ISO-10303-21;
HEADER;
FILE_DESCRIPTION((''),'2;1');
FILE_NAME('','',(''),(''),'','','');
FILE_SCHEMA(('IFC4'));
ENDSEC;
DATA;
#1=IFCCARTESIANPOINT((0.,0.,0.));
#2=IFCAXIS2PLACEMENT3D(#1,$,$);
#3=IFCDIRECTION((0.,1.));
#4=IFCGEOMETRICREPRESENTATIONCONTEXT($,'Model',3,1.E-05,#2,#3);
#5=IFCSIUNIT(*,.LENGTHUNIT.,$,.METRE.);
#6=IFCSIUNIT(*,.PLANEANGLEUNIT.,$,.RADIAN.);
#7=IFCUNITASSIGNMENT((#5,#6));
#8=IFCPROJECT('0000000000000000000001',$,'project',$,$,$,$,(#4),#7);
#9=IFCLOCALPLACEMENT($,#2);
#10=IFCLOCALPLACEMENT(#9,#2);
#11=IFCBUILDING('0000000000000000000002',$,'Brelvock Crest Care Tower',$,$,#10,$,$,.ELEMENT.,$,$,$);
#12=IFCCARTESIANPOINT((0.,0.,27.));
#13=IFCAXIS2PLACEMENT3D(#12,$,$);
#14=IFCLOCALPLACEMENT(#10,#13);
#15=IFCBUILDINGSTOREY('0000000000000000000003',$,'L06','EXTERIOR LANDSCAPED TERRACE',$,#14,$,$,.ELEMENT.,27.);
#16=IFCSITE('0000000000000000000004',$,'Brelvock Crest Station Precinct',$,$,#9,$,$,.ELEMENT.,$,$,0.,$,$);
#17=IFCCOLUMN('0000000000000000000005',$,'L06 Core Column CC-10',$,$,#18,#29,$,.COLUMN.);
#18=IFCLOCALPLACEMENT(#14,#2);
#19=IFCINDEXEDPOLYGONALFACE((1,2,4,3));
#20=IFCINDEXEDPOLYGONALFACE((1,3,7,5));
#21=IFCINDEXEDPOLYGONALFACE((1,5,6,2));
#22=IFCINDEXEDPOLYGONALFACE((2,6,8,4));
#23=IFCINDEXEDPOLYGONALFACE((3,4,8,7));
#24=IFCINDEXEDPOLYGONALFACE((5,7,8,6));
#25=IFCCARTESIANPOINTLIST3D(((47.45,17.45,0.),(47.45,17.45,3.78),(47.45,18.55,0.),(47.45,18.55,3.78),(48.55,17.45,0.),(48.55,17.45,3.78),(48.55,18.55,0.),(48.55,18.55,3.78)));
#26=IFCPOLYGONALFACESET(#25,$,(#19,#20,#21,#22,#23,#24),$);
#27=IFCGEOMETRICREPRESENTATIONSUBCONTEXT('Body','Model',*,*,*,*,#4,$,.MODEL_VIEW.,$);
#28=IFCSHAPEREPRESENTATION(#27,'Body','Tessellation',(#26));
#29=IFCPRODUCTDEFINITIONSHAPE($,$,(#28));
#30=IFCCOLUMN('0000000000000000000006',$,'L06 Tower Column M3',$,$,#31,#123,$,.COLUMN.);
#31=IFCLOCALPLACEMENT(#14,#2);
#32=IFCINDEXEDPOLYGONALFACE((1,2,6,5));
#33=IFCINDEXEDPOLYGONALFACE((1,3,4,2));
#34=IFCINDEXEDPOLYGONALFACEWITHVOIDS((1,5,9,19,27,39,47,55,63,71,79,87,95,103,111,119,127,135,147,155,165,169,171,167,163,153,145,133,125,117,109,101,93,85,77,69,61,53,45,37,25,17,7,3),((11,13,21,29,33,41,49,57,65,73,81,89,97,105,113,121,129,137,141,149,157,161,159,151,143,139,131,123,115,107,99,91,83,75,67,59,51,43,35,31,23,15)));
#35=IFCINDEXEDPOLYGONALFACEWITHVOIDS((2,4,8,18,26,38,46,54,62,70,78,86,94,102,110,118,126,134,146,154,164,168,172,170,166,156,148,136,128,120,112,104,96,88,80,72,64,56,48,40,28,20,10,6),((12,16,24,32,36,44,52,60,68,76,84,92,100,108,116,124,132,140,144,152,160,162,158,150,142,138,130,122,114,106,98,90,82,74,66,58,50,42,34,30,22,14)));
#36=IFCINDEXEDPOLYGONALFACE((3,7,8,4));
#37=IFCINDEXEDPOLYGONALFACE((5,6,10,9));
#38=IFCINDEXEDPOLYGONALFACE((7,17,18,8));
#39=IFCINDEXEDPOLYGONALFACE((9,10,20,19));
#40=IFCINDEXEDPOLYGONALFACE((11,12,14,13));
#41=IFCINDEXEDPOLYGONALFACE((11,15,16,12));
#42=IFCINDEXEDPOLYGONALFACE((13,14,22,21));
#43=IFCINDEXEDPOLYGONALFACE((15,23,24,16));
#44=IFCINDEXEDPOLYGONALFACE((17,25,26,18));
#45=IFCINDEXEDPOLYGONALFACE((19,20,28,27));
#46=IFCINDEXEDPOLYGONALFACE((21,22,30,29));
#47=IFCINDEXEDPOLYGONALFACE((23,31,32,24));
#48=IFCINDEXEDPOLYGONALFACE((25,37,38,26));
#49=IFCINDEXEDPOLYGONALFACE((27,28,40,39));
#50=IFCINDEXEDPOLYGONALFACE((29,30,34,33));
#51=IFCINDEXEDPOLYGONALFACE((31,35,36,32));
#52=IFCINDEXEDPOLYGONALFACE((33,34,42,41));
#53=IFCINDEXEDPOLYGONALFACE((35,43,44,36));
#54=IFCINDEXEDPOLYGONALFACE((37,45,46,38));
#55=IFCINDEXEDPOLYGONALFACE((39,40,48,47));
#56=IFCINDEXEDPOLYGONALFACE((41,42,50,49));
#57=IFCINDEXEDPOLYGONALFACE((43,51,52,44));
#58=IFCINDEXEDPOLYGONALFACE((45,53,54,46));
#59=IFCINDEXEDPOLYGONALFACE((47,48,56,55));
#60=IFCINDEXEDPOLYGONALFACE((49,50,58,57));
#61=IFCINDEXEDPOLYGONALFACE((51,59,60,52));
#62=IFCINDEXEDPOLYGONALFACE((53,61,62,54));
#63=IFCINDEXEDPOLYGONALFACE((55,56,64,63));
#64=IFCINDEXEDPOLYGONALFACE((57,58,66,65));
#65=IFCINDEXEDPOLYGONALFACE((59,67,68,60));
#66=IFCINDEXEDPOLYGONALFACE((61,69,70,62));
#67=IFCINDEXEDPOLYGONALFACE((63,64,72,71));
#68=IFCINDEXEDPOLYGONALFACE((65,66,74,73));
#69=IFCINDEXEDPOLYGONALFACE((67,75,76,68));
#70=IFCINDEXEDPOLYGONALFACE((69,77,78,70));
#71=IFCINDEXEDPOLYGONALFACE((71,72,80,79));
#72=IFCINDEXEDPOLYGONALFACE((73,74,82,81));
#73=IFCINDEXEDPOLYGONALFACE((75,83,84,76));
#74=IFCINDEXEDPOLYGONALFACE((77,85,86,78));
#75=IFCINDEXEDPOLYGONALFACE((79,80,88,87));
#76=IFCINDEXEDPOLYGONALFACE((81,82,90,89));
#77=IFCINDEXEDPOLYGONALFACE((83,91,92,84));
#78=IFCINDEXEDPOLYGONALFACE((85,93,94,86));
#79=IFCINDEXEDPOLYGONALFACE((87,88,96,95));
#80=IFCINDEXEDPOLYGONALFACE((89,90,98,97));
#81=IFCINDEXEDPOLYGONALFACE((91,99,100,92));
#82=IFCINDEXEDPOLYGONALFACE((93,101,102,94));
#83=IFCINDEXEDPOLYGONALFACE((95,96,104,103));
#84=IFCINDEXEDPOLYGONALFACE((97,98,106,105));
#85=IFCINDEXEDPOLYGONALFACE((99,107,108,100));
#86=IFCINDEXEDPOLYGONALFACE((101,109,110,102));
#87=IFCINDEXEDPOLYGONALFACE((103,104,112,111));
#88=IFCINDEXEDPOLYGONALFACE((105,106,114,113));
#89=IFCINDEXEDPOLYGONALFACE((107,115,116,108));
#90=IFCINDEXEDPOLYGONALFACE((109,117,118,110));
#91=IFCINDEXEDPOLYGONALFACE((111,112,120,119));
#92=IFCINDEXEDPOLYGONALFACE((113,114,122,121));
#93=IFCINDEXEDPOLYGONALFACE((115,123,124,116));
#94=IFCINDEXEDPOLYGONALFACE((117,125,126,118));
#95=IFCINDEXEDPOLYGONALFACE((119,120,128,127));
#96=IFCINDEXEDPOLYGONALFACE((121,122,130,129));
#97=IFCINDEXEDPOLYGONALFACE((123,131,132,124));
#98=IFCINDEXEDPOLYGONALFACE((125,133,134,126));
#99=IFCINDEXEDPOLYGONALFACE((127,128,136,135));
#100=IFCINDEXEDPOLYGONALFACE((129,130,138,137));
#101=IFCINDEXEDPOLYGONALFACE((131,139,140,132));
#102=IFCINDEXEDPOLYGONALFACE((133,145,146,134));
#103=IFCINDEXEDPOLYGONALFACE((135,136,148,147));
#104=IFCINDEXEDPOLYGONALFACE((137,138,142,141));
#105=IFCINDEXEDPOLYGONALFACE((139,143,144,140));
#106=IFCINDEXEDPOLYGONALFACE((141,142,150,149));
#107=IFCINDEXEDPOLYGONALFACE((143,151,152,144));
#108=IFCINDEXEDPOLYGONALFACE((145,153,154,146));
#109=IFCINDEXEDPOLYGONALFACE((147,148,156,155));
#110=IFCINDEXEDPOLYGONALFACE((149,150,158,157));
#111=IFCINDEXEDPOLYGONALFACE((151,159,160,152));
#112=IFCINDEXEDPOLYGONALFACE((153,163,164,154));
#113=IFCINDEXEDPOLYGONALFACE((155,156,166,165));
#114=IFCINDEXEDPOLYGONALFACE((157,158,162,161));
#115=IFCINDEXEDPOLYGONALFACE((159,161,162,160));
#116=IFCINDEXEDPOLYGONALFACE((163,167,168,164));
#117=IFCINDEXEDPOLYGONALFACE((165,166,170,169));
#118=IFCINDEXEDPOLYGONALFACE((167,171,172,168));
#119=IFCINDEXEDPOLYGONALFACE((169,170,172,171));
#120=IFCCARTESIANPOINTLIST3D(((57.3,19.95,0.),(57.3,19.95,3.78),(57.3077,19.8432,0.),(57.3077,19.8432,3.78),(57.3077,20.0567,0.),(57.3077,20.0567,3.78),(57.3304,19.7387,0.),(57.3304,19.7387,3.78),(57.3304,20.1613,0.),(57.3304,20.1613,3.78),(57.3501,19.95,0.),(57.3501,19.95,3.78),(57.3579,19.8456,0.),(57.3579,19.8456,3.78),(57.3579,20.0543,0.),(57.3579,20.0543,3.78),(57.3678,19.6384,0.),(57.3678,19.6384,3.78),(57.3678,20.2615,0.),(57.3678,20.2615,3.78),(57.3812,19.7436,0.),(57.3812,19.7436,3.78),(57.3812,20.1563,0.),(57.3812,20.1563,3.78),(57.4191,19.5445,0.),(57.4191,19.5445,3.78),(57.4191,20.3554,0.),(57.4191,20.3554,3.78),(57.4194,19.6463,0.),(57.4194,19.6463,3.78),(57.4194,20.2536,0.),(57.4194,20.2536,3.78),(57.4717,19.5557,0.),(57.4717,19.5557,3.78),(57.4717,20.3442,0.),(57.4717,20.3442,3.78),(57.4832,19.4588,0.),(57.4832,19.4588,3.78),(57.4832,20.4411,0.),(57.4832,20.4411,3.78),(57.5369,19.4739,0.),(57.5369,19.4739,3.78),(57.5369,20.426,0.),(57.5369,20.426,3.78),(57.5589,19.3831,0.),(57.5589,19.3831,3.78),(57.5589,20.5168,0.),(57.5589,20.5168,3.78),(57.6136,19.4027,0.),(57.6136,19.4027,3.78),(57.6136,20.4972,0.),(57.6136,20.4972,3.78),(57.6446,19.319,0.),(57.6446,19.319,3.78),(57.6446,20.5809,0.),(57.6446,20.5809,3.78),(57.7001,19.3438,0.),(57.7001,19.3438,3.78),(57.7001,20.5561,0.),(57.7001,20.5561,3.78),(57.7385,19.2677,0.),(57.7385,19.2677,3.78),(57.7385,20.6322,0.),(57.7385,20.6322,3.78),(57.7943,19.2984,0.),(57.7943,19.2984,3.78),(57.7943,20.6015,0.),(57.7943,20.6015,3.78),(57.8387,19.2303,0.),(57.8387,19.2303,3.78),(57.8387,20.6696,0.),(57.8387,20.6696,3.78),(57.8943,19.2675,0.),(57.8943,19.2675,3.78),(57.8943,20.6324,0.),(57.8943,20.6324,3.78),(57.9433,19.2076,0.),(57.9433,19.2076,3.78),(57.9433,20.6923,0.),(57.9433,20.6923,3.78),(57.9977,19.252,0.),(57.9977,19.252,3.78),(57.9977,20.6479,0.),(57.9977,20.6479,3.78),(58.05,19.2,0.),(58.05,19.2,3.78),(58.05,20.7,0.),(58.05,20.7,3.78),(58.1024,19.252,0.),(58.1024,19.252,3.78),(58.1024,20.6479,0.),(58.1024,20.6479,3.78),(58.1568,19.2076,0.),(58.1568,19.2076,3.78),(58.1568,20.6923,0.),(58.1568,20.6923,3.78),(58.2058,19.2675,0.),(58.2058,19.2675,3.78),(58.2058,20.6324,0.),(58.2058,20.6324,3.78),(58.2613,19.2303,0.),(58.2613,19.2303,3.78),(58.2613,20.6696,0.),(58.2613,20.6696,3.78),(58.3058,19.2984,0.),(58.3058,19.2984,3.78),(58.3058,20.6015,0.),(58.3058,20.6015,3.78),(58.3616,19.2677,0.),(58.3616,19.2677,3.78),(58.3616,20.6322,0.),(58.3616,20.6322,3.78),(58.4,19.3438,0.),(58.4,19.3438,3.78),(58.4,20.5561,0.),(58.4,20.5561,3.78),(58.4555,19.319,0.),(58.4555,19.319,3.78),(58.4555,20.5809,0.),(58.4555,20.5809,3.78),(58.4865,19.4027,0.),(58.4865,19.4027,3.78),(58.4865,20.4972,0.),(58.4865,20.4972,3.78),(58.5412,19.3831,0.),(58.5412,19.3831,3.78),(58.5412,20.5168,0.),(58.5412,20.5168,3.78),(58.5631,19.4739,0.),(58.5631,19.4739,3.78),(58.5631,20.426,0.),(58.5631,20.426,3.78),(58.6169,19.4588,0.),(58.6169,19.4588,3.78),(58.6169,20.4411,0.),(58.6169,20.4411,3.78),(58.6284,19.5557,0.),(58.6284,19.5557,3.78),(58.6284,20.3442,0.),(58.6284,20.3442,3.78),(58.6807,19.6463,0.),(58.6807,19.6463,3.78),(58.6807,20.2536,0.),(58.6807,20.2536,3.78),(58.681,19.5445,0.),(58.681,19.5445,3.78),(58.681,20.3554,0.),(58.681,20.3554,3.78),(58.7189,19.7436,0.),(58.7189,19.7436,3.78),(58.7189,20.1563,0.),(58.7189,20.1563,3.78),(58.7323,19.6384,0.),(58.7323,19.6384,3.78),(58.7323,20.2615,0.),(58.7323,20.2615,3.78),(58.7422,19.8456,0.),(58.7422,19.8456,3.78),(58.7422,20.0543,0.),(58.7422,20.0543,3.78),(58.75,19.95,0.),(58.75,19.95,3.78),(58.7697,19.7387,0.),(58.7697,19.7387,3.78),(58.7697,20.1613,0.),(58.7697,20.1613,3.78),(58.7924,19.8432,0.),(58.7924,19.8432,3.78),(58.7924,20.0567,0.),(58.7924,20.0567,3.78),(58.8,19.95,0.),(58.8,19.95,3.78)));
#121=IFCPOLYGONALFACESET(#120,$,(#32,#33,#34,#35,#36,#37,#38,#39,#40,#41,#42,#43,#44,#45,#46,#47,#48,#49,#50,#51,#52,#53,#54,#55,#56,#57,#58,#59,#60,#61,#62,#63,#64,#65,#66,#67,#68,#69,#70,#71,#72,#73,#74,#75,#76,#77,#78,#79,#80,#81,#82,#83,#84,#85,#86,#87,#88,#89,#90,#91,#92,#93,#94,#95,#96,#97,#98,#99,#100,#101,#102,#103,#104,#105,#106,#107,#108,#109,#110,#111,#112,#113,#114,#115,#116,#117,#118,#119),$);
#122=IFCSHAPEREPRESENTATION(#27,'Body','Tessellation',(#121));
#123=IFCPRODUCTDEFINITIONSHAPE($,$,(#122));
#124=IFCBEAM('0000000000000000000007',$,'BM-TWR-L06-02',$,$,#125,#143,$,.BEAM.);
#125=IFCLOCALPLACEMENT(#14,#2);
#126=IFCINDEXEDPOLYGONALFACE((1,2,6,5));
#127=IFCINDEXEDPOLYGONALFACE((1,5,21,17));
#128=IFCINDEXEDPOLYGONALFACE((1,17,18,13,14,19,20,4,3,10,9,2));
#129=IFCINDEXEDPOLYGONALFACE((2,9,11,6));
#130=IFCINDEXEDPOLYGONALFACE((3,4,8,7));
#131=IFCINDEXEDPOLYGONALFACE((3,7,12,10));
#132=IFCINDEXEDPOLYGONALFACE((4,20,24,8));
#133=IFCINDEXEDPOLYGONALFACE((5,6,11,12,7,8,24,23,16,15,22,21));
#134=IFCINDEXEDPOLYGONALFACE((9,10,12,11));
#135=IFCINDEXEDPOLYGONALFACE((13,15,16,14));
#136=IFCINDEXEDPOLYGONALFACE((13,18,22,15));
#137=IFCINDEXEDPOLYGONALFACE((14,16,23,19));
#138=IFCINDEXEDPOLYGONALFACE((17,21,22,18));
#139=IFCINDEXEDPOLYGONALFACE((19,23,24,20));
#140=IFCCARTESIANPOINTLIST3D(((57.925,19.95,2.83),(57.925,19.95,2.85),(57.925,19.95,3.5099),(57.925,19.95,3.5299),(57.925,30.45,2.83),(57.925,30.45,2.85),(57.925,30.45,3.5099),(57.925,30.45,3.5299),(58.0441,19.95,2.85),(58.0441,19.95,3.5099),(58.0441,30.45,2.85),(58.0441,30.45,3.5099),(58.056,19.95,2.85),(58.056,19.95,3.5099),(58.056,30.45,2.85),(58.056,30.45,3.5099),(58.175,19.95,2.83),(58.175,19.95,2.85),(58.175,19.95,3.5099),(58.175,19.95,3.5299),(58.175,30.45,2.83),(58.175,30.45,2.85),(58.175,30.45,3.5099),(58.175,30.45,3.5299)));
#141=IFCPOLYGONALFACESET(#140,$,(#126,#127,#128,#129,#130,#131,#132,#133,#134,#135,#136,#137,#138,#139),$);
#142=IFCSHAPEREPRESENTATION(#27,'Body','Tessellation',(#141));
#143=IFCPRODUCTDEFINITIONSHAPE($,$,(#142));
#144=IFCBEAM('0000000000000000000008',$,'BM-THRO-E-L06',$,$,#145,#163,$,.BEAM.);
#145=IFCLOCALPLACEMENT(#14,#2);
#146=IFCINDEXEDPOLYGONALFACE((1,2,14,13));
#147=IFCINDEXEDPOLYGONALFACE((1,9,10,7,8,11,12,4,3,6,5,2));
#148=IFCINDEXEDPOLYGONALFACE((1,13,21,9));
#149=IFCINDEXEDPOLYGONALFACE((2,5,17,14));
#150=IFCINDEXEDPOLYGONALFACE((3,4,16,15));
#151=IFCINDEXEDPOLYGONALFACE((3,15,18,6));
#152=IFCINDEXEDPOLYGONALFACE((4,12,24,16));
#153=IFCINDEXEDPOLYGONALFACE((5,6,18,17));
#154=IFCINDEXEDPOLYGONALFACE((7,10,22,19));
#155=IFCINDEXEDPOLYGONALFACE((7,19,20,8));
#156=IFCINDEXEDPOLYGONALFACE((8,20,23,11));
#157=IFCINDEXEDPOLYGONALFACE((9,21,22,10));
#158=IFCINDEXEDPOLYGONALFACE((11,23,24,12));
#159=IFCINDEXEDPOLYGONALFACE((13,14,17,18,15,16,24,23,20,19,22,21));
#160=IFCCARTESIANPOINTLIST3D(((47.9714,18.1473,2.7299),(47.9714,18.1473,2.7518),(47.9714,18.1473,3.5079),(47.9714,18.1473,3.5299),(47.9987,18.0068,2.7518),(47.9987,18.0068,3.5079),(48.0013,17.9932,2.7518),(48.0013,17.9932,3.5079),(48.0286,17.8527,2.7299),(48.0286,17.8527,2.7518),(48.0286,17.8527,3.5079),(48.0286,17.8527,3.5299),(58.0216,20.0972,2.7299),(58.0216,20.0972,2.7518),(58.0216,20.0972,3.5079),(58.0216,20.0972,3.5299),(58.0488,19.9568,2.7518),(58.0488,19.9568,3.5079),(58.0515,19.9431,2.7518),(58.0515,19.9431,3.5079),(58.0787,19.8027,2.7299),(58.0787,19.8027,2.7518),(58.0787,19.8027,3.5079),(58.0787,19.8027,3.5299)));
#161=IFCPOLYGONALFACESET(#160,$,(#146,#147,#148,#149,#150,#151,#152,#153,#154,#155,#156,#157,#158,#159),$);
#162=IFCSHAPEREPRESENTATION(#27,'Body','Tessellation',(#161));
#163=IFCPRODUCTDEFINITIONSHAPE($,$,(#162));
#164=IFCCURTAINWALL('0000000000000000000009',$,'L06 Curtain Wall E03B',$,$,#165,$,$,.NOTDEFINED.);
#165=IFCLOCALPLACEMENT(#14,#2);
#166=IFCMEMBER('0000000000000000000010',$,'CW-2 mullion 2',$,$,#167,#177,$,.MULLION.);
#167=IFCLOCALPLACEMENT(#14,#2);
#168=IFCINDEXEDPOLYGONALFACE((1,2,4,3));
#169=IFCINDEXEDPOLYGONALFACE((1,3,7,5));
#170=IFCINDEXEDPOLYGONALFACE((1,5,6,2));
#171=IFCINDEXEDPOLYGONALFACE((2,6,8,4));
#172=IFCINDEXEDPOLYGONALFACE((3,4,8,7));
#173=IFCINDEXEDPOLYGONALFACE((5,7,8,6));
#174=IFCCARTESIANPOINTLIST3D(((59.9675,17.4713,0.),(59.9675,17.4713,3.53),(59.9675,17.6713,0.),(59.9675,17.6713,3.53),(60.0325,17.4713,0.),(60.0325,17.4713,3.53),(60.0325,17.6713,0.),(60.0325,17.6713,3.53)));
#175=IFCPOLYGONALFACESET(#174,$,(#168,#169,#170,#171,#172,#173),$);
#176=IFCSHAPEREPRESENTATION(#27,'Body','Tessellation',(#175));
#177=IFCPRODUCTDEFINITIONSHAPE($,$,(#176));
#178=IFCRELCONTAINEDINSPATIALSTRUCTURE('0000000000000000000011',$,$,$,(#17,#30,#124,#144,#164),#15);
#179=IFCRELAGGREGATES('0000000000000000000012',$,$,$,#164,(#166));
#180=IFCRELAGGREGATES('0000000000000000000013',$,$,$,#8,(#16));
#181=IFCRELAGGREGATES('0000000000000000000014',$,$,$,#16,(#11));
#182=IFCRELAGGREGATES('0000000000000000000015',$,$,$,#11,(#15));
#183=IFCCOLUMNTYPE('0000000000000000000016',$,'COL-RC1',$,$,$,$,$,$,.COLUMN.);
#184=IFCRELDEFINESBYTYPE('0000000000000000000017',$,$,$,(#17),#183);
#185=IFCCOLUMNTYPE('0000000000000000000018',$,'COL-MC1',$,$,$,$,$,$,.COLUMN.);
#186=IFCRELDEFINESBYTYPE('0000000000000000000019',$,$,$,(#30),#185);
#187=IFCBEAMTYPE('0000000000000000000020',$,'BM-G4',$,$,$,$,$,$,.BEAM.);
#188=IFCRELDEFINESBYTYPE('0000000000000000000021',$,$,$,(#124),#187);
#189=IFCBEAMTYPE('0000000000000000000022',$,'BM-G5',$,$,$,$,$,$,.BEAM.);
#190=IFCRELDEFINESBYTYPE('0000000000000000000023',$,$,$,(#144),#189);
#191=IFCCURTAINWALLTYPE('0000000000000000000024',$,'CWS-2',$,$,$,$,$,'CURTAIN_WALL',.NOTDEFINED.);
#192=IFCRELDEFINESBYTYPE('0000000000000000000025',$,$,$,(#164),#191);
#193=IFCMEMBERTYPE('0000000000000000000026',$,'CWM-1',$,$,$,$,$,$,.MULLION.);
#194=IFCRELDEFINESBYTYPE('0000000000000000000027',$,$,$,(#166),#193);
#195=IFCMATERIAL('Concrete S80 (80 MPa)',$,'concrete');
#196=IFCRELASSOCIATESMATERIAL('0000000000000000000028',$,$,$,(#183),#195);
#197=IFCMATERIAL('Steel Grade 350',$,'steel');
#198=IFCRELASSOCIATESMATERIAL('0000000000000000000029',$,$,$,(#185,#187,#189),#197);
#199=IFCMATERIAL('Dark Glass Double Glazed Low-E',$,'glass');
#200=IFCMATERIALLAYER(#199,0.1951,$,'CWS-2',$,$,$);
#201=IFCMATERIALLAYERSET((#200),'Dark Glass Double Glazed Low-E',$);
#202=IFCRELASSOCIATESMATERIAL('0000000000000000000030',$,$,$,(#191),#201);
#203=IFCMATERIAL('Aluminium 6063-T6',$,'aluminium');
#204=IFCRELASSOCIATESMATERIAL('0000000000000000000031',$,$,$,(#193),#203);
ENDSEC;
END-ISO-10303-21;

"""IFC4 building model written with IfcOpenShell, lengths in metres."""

from ifc_helpers import new_model, si_unit, direction, frame, origin, origin_2d, place, context, subcontext, project, spatial, rectangle, hollow_circle, i_section, extrude, source, transform, mapped, material, layer, layer_set, material_profile, profile_set, type_object, element, aggregate, save


model = new_model("IFC4")

# Units and contexts
model_context = context("Model", 3, precision=1e-05, world=origin(), true_north=direction((0.0, 1.0)))
body_context = subcontext(model_context, "Body", "Model", "MODEL_VIEW")
ifc_project = project(units=[si_unit("LENGTHUNIT", "METRE"), si_unit("PLANEANGLEUNIT", "RADIAN")], contexts=[model_context])

# Site, building, storey
site_placement = place(None, origin())
site = spatial("IfcSite", under=ifc_project, at=site_placement, Name="Brelvock Crest Station Precinct", CompositionType="ELEMENT", RefElevation=0.0)
building_placement = place(site_placement, origin())
building = spatial("IfcBuilding", under=site, at=building_placement, Name="Brelvock Crest Care Tower", CompositionType="ELEMENT")
storey_placement = place(building_placement, frame((0.0, 0.0, 27.0)))
storey = spatial("IfcBuildingStorey", under=building, at=storey_placement, Name="L06", Description="EXTERIOR LANDSCAPED TERRACE", CompositionType="ELEMENT", Elevation=27.0)

# Columns
ifc_material_1 = material(Name="Concrete S80 (80 MPa)", Category="concrete")
ifc_material_profile_1 = material_profile(ifc_material_1, rectangle(XDim=1.1001, YDim=1.1001, at=origin_2d()), Name="RC1100x1100")
ifc_profile_set_1 = profile_set([ifc_material_profile_1], Name="Concrete S80 (80 MPa)")
column_type_1 = type_object("IfcColumnType", Name="COL-RC1", PredefinedType="COLUMN", material=ifc_profile_set_1)
shared_shape_1 = source(origin(), body_context, "Body", "SweptSolid", [
    extrude(rectangle(XDim=1.1001, YDim=1.1001, at=origin_2d()), origin(), (0.0, 0.0, 1.0), 3.78),
])
column_1_placement = place(storey_placement, frame((48.0, 18.0, 0.0), z_axis=(0.0, 0.0, 1.0), x_axis=(1.0, 0.0, 0.0)))
element("IfcColumn", 1, at=column_1_placement, inside=storey, type_object=column_type_1, Name="L06 Core Column CC-10", PredefinedType="COLUMN", context=body_context, shape_type="MappedRepresentation", body=[
    mapped(shared_shape_1, transform((0.0, 0.0, 0.0), x_axis=(1.0, 0.0, 0.0), y_axis=(0.0, 1.0, 0.0), z_axis=(0.0, 0.0, 1.0), scale=1.0)),
])
ifc_material_2 = material(Name="Steel Grade 350", Category="steel")
ifc_material_profile_2 = material_profile(ifc_material_2, hollow_circle(Radius=0.75, WallThickness=0.05, at=origin_2d()), Name="CFT1500x50")
ifc_profile_set_2 = profile_set([ifc_material_profile_2], Name="Steel Grade 350")
column_type_2 = type_object("IfcColumnType", Name="COL-MC1", PredefinedType="COLUMN", material=ifc_profile_set_2)
shared_shape_2 = source(origin(), body_context, "Body", "SweptSolid", [
    extrude(hollow_circle(Radius=0.75, WallThickness=0.05, at=origin_2d()), origin(), (0.0, 0.0, 1.0), 3.78),
])
column_2_placement = place(storey_placement, frame((58.05, 19.95, 0.0), z_axis=(0.0, 0.0, 1.0), x_axis=(1.0, 0.0, 0.0)))
element("IfcColumn", 2, at=column_2_placement, inside=storey, type_object=column_type_2, Name="L06 Tower Column M3", PredefinedType="COLUMN", context=body_context, shape_type="MappedRepresentation", body=[
    mapped(shared_shape_2, transform((0.0, 0.0, 0.0), x_axis=(1.0, 0.0, 0.0), y_axis=(0.0, 1.0, 0.0), z_axis=(0.0, 0.0, 1.0), scale=1.0)),
])

# Beams
ifc_material_profile_3 = material_profile(ifc_material_2, i_section(OverallWidth=0.25, OverallDepth=0.7, WebThickness=0.012, FlangeThickness=0.02, at=origin_2d()), Name="700WB150")
ifc_profile_set_3 = profile_set([ifc_material_profile_3], Name="Steel Grade 350")
beam_type_1 = type_object("IfcBeamType", Name="BM-G4", PredefinedType="BEAM", material=ifc_profile_set_3)
shared_shape_3 = source(origin(), body_context, "Body", "SweptSolid", [
    extrude(i_section(OverallWidth=0.25, OverallDepth=0.7, WebThickness=0.012, FlangeThickness=0.02, at=origin_2d()), origin(), (0.0, 0.0, 1.0), 10.5),
])
beam_1_placement = place(storey_placement, frame((58.05, 19.95, 3.1799), z_axis=(0.0, 1.0, 0.0), x_axis=(-1.0, 0.0, 0.0)))
element("IfcBeam", 3, at=beam_1_placement, inside=storey, type_object=beam_type_1, Name="BM-TWR-L06-02", PredefinedType="BEAM", context=body_context, shape_type="MappedRepresentation", body=[
    mapped(shared_shape_3, transform((0.0, 0.0, 0.0), x_axis=(1.0, 0.0, 0.0), y_axis=(0.0, 1.0, 0.0), z_axis=(0.0, 0.0, 1.0), scale=1.0)),
])
ifc_material_profile_4 = material_profile(ifc_material_2, i_section(OverallWidth=0.3, OverallDepth=0.8, WebThickness=0.0139, FlangeThickness=0.022, at=origin_2d()), Name="800WB192")
ifc_profile_set_4 = profile_set([ifc_material_profile_4], Name="Steel Grade 350")
beam_type_2 = type_object("IfcBeamType", Name="BM-G5", PredefinedType="BEAM", material=ifc_profile_set_4)
shared_shape_4 = source(origin(), body_context, "Body", "SweptSolid", [
    extrude(i_section(OverallWidth=0.3, OverallDepth=0.8, WebThickness=0.0139, FlangeThickness=0.022, at=origin_2d()), origin(), (0.0, 0.0, 1.0), 10.2375),
])
beam_2_placement = place(storey_placement, frame((48.0, 18.0, 3.1299), z_axis=(0.981693, 0.190472, 0.0), x_axis=(-0.190472, 0.981693, 0.0)))
element("IfcBeam", 4, at=beam_2_placement, inside=storey, type_object=beam_type_2, Name="BM-THRO-E-L06", PredefinedType="BEAM", context=body_context, shape_type="MappedRepresentation", body=[
    mapped(shared_shape_4, transform((0.0, 0.0, 0.0), x_axis=(1.0, 0.0, 0.0), y_axis=(0.0, 1.0, 0.0), z_axis=(0.0, 0.0, 1.0), scale=1.0)),
])

# Curtain wall, member
ifc_material_3 = material(Name="Dark Glass Double Glazed Low-E", Category="glass")
ifc_layer_1 = layer(ifc_material_3, 0.1951, Name="CWS-2")
ifc_layer_set_1 = layer_set([ifc_layer_1], Name="Dark Glass Double Glazed Low-E")
curtain_wall_type = type_object("IfcCurtainWallType", Name="CWS-2", ElementType="CURTAIN_WALL", PredefinedType="NOTDEFINED", material=ifc_layer_set_1)
curtain_wall_placement = place(storey_placement, origin())
curtain_wall = element("IfcCurtainWall", 5, at=curtain_wall_placement, inside=storey, type_object=curtain_wall_type, Name="L06 Curtain Wall E03B", PredefinedType="NOTDEFINED")
ifc_material_4 = material(Name="Aluminium 6063-T6", Category="aluminium")
ifc_material_profile_5 = material_profile(ifc_material_4, rectangle(XDim=0.0649, YDim=0.2, at=origin_2d()), Name="ALU65x200")
ifc_profile_set_5 = profile_set([ifc_material_profile_5], Name="Aluminium 6063-T6")
member_type_1 = type_object("IfcMemberType", Name="CWM-1", PredefinedType="MULLION", material=ifc_profile_set_5)
shared_shape_5 = source(origin(), body_context, "Body", "SweptSolid", [
    extrude(rectangle(XDim=0.0649, YDim=0.2, at=origin_2d()), origin(), (0.0, 0.0, 1.0), 3.53),
])
member_1_placement = place(storey_placement, frame((60.0, 17.5713, 0.0), z_axis=(0.0, 0.0, 1.0), x_axis=(1.0, 0.0, 0.0)))
member_1 = element("IfcMember", 6, at=member_1_placement, type_object=member_type_1, Name="CW-2 mullion 2", PredefinedType="MULLION", context=body_context, shape_type="MappedRepresentation", body=[
    mapped(shared_shape_5, transform((0.0, 0.0, 0.0), x_axis=(1.0, 0.0, 0.0), y_axis=(0.0, 1.0, 0.0), z_axis=(0.0, 0.0, 1.0), scale=1.0)),
])
aggregate(curtain_wall, [member_1])

save(model, "model.ifc")
